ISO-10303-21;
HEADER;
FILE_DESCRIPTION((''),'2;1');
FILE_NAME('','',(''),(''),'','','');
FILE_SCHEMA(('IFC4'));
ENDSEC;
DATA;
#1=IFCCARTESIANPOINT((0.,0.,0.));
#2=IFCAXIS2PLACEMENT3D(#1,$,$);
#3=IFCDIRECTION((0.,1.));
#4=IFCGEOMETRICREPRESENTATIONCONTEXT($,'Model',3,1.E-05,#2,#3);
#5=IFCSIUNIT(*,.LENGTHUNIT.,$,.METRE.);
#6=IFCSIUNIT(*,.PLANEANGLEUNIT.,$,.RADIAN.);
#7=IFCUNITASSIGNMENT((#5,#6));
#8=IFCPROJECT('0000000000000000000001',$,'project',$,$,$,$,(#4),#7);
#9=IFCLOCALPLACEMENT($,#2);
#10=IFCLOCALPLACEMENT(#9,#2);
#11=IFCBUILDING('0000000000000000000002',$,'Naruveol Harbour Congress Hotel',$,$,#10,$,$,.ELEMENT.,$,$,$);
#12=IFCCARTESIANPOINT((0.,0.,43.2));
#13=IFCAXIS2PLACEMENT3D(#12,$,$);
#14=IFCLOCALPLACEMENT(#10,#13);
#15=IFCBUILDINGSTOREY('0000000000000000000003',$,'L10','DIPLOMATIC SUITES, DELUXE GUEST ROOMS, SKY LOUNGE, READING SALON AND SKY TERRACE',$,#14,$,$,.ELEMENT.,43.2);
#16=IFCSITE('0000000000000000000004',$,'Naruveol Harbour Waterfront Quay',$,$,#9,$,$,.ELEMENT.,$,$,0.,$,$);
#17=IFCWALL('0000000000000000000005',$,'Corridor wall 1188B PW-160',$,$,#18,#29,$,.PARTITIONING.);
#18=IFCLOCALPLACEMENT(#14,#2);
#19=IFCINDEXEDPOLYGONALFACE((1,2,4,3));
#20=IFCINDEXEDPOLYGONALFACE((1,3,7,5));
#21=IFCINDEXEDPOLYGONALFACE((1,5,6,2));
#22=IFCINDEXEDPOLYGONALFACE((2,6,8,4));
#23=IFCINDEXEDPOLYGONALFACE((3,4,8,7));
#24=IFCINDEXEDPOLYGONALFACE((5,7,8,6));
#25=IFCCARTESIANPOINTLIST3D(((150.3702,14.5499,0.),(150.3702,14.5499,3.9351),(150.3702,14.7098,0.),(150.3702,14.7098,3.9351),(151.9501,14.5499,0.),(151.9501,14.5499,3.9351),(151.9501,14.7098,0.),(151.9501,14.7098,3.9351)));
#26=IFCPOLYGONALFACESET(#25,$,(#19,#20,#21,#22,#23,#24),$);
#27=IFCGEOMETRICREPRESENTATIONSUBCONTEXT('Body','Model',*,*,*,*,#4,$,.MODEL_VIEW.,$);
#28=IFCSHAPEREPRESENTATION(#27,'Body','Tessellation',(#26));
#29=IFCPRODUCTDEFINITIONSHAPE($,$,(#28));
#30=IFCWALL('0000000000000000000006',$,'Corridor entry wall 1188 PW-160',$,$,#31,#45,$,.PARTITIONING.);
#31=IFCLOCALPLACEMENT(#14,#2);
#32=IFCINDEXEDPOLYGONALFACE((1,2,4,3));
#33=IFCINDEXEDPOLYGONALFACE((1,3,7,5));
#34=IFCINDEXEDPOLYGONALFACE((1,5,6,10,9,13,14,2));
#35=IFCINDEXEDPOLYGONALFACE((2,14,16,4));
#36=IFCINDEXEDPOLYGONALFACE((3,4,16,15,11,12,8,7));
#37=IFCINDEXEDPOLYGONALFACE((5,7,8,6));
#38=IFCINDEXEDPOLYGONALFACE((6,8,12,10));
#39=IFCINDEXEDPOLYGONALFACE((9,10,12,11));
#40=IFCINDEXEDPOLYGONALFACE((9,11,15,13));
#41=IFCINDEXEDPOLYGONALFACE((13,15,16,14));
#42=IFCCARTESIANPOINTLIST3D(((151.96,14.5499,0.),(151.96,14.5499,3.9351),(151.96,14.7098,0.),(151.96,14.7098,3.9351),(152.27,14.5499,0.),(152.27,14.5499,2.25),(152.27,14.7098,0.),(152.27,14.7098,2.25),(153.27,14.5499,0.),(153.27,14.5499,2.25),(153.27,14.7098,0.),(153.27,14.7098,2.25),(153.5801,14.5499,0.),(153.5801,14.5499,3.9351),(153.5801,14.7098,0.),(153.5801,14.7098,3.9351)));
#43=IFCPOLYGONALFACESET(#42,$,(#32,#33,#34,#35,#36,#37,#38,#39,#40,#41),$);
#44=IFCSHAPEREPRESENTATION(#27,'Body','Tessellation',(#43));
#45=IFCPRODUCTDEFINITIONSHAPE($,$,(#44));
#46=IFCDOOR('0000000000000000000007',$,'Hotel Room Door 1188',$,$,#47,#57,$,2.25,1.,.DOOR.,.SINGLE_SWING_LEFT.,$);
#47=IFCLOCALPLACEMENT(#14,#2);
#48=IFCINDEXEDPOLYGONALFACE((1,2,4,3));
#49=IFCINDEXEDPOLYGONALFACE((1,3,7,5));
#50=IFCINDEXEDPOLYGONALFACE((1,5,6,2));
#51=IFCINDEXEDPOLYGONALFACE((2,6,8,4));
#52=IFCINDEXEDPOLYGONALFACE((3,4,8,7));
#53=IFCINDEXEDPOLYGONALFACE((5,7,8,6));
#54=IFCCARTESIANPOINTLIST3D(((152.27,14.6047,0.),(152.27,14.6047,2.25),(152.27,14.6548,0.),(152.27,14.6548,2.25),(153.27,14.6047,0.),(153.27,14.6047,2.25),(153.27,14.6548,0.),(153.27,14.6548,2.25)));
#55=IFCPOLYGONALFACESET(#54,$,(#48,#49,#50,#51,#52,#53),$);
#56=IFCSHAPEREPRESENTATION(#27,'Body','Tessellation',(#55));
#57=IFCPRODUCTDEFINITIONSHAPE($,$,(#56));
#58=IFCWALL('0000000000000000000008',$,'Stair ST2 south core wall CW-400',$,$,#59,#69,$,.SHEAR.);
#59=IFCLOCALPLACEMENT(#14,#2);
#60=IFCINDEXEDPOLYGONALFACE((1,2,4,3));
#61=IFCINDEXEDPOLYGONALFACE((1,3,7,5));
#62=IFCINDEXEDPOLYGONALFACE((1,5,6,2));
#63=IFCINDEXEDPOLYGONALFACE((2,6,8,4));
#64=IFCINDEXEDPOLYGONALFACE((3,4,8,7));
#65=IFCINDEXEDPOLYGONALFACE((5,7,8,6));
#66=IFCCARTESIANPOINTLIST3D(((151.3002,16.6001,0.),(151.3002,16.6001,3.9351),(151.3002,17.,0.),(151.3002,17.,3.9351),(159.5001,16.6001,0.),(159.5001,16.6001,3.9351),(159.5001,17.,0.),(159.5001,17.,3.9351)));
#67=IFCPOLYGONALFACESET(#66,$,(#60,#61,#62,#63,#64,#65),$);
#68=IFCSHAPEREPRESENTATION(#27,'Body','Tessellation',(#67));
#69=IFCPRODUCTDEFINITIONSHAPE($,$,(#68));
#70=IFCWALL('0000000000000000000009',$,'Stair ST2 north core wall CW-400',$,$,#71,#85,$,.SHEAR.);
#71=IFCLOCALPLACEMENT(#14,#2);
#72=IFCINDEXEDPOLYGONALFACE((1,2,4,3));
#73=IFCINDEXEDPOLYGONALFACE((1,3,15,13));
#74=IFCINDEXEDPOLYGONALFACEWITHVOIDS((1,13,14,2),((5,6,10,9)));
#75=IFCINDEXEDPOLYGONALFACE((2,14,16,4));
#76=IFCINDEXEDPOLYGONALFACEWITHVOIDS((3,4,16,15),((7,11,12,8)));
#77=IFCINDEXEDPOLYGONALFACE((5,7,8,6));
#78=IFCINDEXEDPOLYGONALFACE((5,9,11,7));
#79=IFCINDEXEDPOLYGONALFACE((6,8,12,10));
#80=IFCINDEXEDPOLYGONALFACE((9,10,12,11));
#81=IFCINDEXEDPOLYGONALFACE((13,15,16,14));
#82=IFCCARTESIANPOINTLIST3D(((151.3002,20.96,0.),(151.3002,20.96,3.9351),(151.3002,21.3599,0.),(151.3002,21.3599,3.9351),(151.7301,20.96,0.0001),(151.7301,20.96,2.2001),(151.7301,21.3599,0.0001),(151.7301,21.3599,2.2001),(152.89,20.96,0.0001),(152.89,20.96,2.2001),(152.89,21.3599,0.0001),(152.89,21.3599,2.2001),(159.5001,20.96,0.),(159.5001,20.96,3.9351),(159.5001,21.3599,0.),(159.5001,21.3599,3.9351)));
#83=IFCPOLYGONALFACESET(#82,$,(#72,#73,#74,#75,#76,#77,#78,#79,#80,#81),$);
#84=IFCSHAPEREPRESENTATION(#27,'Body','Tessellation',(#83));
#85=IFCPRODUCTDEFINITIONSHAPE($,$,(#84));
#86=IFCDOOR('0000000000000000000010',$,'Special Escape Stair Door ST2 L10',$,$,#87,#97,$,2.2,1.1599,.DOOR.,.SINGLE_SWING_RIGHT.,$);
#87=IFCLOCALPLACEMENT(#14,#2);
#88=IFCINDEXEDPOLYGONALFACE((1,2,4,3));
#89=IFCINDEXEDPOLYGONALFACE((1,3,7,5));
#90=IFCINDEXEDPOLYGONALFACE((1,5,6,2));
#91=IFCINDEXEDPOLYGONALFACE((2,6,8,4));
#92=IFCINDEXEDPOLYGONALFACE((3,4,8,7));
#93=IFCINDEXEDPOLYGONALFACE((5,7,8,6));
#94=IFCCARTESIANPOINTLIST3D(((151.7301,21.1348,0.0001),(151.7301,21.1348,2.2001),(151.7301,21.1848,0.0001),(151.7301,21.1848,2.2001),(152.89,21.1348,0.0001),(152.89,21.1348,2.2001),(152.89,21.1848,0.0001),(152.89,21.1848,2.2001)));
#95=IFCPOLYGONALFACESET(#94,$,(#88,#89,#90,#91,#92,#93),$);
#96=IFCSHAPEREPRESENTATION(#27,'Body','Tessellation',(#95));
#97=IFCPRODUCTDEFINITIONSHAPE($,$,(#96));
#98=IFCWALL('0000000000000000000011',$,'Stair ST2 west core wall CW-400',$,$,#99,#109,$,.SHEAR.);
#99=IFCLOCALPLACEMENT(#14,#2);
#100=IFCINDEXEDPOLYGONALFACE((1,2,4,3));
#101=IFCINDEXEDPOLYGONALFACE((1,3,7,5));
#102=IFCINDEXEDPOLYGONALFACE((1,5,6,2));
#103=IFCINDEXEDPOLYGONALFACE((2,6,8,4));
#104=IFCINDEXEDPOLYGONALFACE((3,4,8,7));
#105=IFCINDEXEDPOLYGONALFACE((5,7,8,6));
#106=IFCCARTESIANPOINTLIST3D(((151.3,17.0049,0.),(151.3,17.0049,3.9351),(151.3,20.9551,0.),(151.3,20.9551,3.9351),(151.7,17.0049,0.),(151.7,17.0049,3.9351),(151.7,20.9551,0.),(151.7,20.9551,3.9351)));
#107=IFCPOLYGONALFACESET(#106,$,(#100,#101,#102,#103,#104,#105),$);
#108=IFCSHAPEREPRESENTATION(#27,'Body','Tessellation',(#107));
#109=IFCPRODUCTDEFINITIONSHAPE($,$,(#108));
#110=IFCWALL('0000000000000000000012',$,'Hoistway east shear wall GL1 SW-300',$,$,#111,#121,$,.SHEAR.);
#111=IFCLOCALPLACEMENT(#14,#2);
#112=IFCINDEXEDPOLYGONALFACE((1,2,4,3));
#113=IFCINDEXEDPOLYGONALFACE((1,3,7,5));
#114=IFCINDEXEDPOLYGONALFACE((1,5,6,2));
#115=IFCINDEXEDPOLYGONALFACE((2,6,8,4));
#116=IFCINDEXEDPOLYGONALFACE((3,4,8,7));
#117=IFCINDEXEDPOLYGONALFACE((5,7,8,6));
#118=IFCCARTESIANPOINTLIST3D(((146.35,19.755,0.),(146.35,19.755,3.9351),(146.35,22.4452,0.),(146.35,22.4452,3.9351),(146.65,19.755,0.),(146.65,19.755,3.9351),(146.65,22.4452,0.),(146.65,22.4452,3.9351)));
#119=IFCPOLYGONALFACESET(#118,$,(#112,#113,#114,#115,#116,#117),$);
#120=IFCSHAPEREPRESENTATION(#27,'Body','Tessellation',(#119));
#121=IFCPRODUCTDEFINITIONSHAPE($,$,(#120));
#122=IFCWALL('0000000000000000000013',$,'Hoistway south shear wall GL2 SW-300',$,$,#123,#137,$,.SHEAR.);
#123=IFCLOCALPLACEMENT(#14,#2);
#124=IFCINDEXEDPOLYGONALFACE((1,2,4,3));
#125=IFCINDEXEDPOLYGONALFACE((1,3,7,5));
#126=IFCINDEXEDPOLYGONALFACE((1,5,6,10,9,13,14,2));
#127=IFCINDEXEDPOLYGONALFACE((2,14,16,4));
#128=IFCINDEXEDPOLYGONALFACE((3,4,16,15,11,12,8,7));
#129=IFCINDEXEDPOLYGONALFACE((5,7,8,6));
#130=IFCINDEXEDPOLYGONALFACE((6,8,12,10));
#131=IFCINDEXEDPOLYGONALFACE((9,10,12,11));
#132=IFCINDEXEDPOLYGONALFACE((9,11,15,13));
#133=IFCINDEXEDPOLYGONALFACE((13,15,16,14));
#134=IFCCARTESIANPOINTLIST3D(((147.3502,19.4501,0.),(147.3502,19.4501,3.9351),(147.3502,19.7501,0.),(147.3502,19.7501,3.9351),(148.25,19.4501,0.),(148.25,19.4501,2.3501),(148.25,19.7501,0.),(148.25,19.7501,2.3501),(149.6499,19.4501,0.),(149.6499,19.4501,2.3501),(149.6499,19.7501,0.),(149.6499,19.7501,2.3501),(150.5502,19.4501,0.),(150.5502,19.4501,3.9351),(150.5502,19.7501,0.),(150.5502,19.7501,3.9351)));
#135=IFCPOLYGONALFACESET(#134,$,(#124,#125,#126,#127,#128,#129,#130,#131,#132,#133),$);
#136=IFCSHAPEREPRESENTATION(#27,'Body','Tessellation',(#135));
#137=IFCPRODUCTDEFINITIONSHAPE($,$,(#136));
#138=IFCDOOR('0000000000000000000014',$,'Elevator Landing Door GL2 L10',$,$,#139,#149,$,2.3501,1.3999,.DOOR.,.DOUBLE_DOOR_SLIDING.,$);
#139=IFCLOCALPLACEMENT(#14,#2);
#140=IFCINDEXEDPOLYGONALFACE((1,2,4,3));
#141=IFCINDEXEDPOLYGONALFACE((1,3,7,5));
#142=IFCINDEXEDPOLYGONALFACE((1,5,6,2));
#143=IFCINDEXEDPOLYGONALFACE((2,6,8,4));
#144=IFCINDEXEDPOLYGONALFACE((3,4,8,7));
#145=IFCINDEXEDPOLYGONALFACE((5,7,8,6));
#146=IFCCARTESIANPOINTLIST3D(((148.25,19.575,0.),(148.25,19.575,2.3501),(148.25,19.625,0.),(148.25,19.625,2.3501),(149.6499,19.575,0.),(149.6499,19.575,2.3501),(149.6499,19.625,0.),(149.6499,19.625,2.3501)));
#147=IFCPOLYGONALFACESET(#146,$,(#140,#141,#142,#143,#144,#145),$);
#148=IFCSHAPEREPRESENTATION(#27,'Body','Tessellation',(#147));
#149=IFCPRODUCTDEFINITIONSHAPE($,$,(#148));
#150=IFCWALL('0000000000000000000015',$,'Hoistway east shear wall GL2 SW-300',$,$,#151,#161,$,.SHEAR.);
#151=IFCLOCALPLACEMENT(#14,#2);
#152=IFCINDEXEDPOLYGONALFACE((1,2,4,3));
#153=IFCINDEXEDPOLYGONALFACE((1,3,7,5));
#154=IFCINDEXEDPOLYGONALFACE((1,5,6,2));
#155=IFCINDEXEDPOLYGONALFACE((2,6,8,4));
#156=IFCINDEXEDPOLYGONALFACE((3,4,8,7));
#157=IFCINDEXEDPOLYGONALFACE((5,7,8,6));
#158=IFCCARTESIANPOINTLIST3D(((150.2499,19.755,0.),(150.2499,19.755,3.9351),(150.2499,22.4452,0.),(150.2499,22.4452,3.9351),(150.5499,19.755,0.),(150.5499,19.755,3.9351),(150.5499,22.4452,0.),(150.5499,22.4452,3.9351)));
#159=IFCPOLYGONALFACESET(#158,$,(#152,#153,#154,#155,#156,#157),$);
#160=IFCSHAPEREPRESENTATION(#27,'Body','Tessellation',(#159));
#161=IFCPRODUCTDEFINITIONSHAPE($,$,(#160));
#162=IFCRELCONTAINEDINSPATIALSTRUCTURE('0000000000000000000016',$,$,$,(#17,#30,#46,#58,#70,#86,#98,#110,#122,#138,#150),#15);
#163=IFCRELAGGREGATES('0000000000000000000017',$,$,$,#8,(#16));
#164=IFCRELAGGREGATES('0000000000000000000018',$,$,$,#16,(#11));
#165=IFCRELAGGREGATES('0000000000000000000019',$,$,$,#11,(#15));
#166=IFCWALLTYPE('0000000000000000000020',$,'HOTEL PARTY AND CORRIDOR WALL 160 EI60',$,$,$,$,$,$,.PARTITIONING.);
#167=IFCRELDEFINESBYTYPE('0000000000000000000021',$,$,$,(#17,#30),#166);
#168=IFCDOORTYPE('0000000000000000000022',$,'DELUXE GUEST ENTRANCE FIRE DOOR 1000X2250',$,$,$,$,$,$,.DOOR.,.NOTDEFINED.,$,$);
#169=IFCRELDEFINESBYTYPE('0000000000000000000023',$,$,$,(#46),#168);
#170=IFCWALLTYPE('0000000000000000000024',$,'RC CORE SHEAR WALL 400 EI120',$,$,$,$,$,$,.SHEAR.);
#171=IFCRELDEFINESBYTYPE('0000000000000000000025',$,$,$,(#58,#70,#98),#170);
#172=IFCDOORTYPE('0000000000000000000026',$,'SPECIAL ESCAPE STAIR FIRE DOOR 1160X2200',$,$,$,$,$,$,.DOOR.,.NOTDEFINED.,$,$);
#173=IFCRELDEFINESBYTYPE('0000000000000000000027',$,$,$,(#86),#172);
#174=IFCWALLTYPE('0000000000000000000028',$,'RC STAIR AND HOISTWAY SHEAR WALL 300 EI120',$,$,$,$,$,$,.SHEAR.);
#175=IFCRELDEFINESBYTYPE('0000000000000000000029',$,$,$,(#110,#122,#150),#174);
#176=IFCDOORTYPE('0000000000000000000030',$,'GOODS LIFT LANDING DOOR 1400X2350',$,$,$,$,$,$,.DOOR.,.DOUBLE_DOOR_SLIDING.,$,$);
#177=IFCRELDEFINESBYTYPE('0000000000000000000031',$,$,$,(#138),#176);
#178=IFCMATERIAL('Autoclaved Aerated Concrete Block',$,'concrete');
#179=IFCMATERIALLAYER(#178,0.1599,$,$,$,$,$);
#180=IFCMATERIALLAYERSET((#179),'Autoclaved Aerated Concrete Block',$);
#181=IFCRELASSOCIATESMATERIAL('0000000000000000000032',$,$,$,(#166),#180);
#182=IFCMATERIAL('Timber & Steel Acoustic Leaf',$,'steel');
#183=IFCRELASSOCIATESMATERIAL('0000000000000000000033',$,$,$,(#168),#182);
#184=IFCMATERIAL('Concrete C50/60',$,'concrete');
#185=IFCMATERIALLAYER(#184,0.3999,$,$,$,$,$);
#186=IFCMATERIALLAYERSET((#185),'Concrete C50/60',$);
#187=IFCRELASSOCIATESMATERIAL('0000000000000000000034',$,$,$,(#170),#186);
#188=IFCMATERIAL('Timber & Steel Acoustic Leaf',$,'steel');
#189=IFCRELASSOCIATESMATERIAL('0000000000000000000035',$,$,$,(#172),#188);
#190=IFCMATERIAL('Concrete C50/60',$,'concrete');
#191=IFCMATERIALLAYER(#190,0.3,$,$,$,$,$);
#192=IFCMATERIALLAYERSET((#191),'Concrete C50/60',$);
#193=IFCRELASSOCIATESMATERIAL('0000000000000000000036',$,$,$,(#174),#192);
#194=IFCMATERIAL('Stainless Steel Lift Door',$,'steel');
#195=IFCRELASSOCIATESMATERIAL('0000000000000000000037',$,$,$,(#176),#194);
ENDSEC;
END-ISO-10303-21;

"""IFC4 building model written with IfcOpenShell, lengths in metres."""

from ifc_helpers import new_model, si_unit, direction, frame, frame_2d, origin, place, context, subcontext, project, spatial, rectangle, extrude, material, layer, layer_set, type_object, element, fill, save


model = new_model("IFC4")

# Units and contexts
model_context = context("Model", 3, precision=1e-05, world=origin(), true_north=direction((0.0, 1.0)))
body_context = subcontext(model_context, "Body", "Model", "MODEL_VIEW")
ifc_project = project(units=[si_unit("LENGTHUNIT", "METRE"), si_unit("PLANEANGLEUNIT", "RADIAN")], contexts=[model_context])

# Site, building, storey
site_placement = place(None, origin())
site = spatial("IfcSite", under=ifc_project, at=site_placement, Name="Naruveol Harbour Waterfront Quay", CompositionType="ELEMENT", RefElevation=0.0)
building_placement = place(site_placement, origin())
building = spatial("IfcBuilding", under=site, at=building_placement, Name="Naruveol Harbour Congress Hotel", CompositionType="ELEMENT")
storey_placement = place(building_placement, frame((0.0, 0.0, 43.2)))
storey = spatial("IfcBuildingStorey", under=building, at=storey_placement, Name="L10", Description="DIPLOMATIC SUITES, DELUXE GUEST ROOMS, SKY LOUNGE, READING SALON AND SKY TERRACE", CompositionType="ELEMENT", Elevation=43.2)

# Shared definitions
ifc_material_1 = material(Name="Autoclaved Aerated Concrete Block", Category="concrete")
ifc_layer_1 = layer(ifc_material_1, 0.1599)
ifc_layer_set_1 = layer_set([ifc_layer_1], Name="Autoclaved Aerated Concrete Block")
wall_type_1 = type_object("IfcWallType", Name="HOTEL PARTY AND CORRIDOR WALL 160 EI60", PredefinedType="PARTITIONING", material=ifc_layer_set_1)

# Wall
wall_1_placement = place(storey_placement, frame((150.3701, 14.6299, 0.0), z_axis=(0.0, 0.0, 1.0), x_axis=(1.0, 0.0, 0.0)))
element("IfcWall", 1, at=wall_1_placement, inside=storey, type_object=wall_type_1, Name="Corridor wall 1188B PW-160", PredefinedType="PARTITIONING", context=body_context, shape_type="SweptSolid", body=[
    extrude(rectangle(XDim=1.5798, YDim=0.1599, at=frame_2d((0.79, 0.0))), origin(), (0.0, 0.0, 1.0), 3.9351),
])

# Wall, opening, door
wall_2_placement = place(storey_placement, frame((151.96, 14.6299, 0.0), z_axis=(0.0, 0.0, 1.0), x_axis=(1.0, 0.0, 0.0)))
wall_2 = element("IfcWall", 2, at=wall_2_placement, inside=storey, type_object=wall_type_1, Name="Corridor entry wall 1188 PW-160", PredefinedType="PARTITIONING", context=body_context, shape_type="SweptSolid", body=[
    extrude(rectangle(XDim=1.6201, YDim=0.1599, at=frame_2d((0.8101, 0.0))), origin(), (0.0, 0.0, 1.0), 3.9351),
])
opening_1_placement = place(wall_2_placement, frame((0.3101, 0.0, 0.0)))
opening_1 = element("IfcOpeningElement", 3, at=opening_1_placement, cuts=wall_2, PredefinedType="OPENING", context=body_context, shape_type="SweptSolid", body=[
    extrude(rectangle(XDim=1.0, YDim=2.25, at=frame_2d((0.5, 1.125))), frame((0.0, 0.0898, 0.0), z_axis=(0.0, -1.0, 0.0), x_axis=(1.0, 0.0, 0.0)), (0.0, 0.0, 1.0), 0.1799),
])
ifc_material_2 = material(Name="Timber & Steel Acoustic Leaf", Category="steel")
door_type_1 = type_object("IfcDoorType", Name="DELUXE GUEST ENTRANCE FIRE DOOR 1000X2250", OperationType="NOTDEFINED", PredefinedType="DOOR", material=ifc_material_2)
door_1_placement = place(opening_1_placement, origin())
door_1 = element("IfcDoor", 4, at=door_1_placement, inside=storey, type_object=door_type_1, Name="Hotel Room Door 1188", OperationType="SINGLE_SWING_LEFT", OverallHeight=2.25, OverallWidth=1.0, PredefinedType="DOOR", context=body_context, shape_type="SweptSolid", body=[
    extrude(rectangle(XDim=1.0, YDim=2.25, at=frame_2d((0.5, 1.125))), frame((0.0, 0.0249, 0.0), z_axis=(0.0, -1.0, 0.0), x_axis=(1.0, 0.0, 0.0)), (0.0, 0.0, 1.0), 0.05),
])
fill(opening_1, door_1)

# Wall
ifc_material_3 = material(Name="Concrete C50/60", Category="concrete")
ifc_layer_2 = layer(ifc_material_3, 0.3999)
ifc_layer_set_2 = layer_set([ifc_layer_2], Name="Concrete C50/60")
wall_type_2 = type_object("IfcWallType", Name="RC CORE SHEAR WALL 400 EI120", PredefinedType="SHEAR", material=ifc_layer_set_2)
wall_3_placement = place(storey_placement, frame((151.3, 16.8, 0.0), z_axis=(0.0, 0.0, 1.0), x_axis=(1.0, 0.0, 0.0)))
element("IfcWall", 5, at=wall_3_placement, inside=storey, type_object=wall_type_2, Name="Stair ST2 south core wall CW-400", PredefinedType="SHEAR", context=body_context, shape_type="SweptSolid", body=[
    extrude(rectangle(XDim=8.2, YDim=0.3999, at=frame_2d((4.1001, 0.0))), origin(), (0.0, 0.0, 1.0), 3.9351),
])

# Wall, opening, door
wall_4_placement = place(storey_placement, frame((151.3, 21.1599, 0.0), z_axis=(0.0, 0.0, 1.0), x_axis=(1.0, 0.0, 0.0)))
wall_4 = element("IfcWall", 6, at=wall_4_placement, inside=storey, type_object=wall_type_2, Name="Stair ST2 north core wall CW-400", PredefinedType="SHEAR", context=body_context, shape_type="SweptSolid", body=[
    extrude(rectangle(XDim=8.2, YDim=0.3999, at=frame_2d((4.1001, 0.0))), origin(), (0.0, 0.0, 1.0), 3.9351),
])
opening_2_placement = place(wall_4_placement, frame((0.4299, 0.0, 0.0)))
opening_2 = element("IfcOpeningElement", 7, at=opening_2_placement, cuts=wall_4, PredefinedType="OPENING", context=body_context, shape_type="SweptSolid", body=[
    extrude(rectangle(XDim=1.1599, YDim=2.2, at=frame_2d((0.5801, 1.1001))), frame((0.0, 0.21, 0.0), z_axis=(0.0, -1.0, 0.0), x_axis=(1.0, 0.0, 0.0)), (0.0, 0.0, 1.0), 0.4199),
])
ifc_material_4 = material(Name="Timber & Steel Acoustic Leaf", Category="steel")
door_type_2 = type_object("IfcDoorType", Name="SPECIAL ESCAPE STAIR FIRE DOOR 1160X2200", OperationType="NOTDEFINED", PredefinedType="DOOR", material=ifc_material_4)
door_2_placement = place(opening_2_placement, origin())
door_2 = element("IfcDoor", 8, at=door_2_placement, inside=storey, type_object=door_type_2, Name="Special Escape Stair Door ST2 L10", OperationType="SINGLE_SWING_RIGHT", OverallHeight=2.2, OverallWidth=1.1599, PredefinedType="DOOR", context=body_context, shape_type="SweptSolid", body=[
    extrude(rectangle(XDim=1.1599, YDim=2.2, at=frame_2d((0.5801, 1.1001))), frame((0.0, 0.0249, 0.0), z_axis=(0.0, -1.0, 0.0), x_axis=(1.0, 0.0, 0.0)), (0.0, 0.0, 1.0), 0.05),
])
fill(opening_2, door_2)

# Walls
wall_5_placement = place(storey_placement, frame((151.5, 17.0049, 0.0), z_axis=(0.0, 0.0, 1.0), x_axis=(0.0, 1.0, 0.0)))
element("IfcWall", 9, at=wall_5_placement, inside=storey, type_object=wall_type_2, Name="Stair ST2 west core wall CW-400", PredefinedType="SHEAR", context=body_context, shape_type="SweptSolid", body=[
    extrude(rectangle(XDim=3.9502, YDim=0.3999, at=frame_2d((1.9751, 0.0))), origin(), (0.0, 0.0, 1.0), 3.9351),
])
ifc_material_5 = material(Name="Concrete C50/60", Category="concrete")
ifc_layer_3 = layer(ifc_material_5, 0.3)
ifc_layer_set_3 = layer_set([ifc_layer_3], Name="Concrete C50/60")
wall_type_3 = type_object("IfcWallType", Name="RC STAIR AND HOISTWAY SHEAR WALL 300 EI120", PredefinedType="SHEAR", material=ifc_layer_set_3)
wall_6_placement = place(storey_placement, frame((146.5, 19.7549, 0.0), z_axis=(0.0, 0.0, 1.0), x_axis=(0.0, 1.0, 0.0)))
element("IfcWall", 10, at=wall_6_placement, inside=storey, type_object=wall_type_3, Name="Hoistway east shear wall GL1 SW-300", PredefinedType="SHEAR", context=body_context, shape_type="SweptSolid", body=[
    extrude(rectangle(XDim=2.6902, YDim=0.3, at=frame_2d((1.3452, 0.0))), origin(), (0.0, 0.0, 1.0), 3.9351),
])

# Wall, opening, door
wall_7_placement = place(storey_placement, frame((147.3501, 19.6001, 0.0), z_axis=(0.0, 0.0, 1.0), x_axis=(1.0, 0.0, 0.0)))
wall_7 = element("IfcWall", 11, at=wall_7_placement, inside=storey, type_object=wall_type_3, Name="Hoistway south shear wall GL2 SW-300", PredefinedType="SHEAR", context=body_context, shape_type="SweptSolid", body=[
    extrude(rectangle(XDim=3.2, YDim=0.3, at=frame_2d((1.6001, 0.0))), origin(), (0.0, 0.0, 1.0), 3.9351),
])
opening_3_placement = place(wall_7_placement, frame((0.8999, 0.0, 0.0)))
opening_3 = element("IfcOpeningElement", 12, at=opening_3_placement, cuts=wall_7, PredefinedType="OPENING", context=body_context, shape_type="SweptSolid", body=[
    extrude(rectangle(XDim=1.3999, YDim=2.3501, at=frame_2d((0.7, 1.175))), frame((0.0, 0.1599, 0.0), z_axis=(0.0, -1.0, 0.0), x_axis=(1.0, 0.0, 0.0)), (0.0, 0.0, 1.0), 0.3201),
])
ifc_material_6 = material(Name="Stainless Steel Lift Door", Category="steel")
door_type_3 = type_object("IfcDoorType", Name="GOODS LIFT LANDING DOOR 1400X2350", OperationType="DOUBLE_DOOR_SLIDING", PredefinedType="DOOR", material=ifc_material_6)
door_3_placement = place(opening_3_placement, origin())
door_3 = element("IfcDoor", 13, at=door_3_placement, inside=storey, type_object=door_type_3, Name="Elevator Landing Door GL2 L10", OperationType="DOUBLE_DOOR_SLIDING", OverallHeight=2.3501, OverallWidth=1.3999, PredefinedType="DOOR", context=body_context, shape_type="SweptSolid", body=[
    extrude(rectangle(XDim=1.3999, YDim=2.3501, at=frame_2d((0.7, 1.175))), frame((0.0, 0.0249, 0.0), z_axis=(0.0, -1.0, 0.0), x_axis=(1.0, 0.0, 0.0)), (0.0, 0.0, 1.0), 0.05),
])
fill(opening_3, door_3)

# Wall
wall_8_placement = place(storey_placement, frame((150.3999, 19.7549, 0.0), z_axis=(0.0, 0.0, 1.0), x_axis=(0.0, 1.0, 0.0)))
element("IfcWall", 14, at=wall_8_placement, inside=storey, type_object=wall_type_3, Name="Hoistway east shear wall GL2 SW-300", PredefinedType="SHEAR", context=body_context, shape_type="SweptSolid", body=[
    extrude(rectangle(XDim=2.6902, YDim=0.3, at=frame_2d((1.3452, 0.0))), origin(), (0.0, 0.0, 1.0), 3.9351),
])

save(model, "model.ifc")
